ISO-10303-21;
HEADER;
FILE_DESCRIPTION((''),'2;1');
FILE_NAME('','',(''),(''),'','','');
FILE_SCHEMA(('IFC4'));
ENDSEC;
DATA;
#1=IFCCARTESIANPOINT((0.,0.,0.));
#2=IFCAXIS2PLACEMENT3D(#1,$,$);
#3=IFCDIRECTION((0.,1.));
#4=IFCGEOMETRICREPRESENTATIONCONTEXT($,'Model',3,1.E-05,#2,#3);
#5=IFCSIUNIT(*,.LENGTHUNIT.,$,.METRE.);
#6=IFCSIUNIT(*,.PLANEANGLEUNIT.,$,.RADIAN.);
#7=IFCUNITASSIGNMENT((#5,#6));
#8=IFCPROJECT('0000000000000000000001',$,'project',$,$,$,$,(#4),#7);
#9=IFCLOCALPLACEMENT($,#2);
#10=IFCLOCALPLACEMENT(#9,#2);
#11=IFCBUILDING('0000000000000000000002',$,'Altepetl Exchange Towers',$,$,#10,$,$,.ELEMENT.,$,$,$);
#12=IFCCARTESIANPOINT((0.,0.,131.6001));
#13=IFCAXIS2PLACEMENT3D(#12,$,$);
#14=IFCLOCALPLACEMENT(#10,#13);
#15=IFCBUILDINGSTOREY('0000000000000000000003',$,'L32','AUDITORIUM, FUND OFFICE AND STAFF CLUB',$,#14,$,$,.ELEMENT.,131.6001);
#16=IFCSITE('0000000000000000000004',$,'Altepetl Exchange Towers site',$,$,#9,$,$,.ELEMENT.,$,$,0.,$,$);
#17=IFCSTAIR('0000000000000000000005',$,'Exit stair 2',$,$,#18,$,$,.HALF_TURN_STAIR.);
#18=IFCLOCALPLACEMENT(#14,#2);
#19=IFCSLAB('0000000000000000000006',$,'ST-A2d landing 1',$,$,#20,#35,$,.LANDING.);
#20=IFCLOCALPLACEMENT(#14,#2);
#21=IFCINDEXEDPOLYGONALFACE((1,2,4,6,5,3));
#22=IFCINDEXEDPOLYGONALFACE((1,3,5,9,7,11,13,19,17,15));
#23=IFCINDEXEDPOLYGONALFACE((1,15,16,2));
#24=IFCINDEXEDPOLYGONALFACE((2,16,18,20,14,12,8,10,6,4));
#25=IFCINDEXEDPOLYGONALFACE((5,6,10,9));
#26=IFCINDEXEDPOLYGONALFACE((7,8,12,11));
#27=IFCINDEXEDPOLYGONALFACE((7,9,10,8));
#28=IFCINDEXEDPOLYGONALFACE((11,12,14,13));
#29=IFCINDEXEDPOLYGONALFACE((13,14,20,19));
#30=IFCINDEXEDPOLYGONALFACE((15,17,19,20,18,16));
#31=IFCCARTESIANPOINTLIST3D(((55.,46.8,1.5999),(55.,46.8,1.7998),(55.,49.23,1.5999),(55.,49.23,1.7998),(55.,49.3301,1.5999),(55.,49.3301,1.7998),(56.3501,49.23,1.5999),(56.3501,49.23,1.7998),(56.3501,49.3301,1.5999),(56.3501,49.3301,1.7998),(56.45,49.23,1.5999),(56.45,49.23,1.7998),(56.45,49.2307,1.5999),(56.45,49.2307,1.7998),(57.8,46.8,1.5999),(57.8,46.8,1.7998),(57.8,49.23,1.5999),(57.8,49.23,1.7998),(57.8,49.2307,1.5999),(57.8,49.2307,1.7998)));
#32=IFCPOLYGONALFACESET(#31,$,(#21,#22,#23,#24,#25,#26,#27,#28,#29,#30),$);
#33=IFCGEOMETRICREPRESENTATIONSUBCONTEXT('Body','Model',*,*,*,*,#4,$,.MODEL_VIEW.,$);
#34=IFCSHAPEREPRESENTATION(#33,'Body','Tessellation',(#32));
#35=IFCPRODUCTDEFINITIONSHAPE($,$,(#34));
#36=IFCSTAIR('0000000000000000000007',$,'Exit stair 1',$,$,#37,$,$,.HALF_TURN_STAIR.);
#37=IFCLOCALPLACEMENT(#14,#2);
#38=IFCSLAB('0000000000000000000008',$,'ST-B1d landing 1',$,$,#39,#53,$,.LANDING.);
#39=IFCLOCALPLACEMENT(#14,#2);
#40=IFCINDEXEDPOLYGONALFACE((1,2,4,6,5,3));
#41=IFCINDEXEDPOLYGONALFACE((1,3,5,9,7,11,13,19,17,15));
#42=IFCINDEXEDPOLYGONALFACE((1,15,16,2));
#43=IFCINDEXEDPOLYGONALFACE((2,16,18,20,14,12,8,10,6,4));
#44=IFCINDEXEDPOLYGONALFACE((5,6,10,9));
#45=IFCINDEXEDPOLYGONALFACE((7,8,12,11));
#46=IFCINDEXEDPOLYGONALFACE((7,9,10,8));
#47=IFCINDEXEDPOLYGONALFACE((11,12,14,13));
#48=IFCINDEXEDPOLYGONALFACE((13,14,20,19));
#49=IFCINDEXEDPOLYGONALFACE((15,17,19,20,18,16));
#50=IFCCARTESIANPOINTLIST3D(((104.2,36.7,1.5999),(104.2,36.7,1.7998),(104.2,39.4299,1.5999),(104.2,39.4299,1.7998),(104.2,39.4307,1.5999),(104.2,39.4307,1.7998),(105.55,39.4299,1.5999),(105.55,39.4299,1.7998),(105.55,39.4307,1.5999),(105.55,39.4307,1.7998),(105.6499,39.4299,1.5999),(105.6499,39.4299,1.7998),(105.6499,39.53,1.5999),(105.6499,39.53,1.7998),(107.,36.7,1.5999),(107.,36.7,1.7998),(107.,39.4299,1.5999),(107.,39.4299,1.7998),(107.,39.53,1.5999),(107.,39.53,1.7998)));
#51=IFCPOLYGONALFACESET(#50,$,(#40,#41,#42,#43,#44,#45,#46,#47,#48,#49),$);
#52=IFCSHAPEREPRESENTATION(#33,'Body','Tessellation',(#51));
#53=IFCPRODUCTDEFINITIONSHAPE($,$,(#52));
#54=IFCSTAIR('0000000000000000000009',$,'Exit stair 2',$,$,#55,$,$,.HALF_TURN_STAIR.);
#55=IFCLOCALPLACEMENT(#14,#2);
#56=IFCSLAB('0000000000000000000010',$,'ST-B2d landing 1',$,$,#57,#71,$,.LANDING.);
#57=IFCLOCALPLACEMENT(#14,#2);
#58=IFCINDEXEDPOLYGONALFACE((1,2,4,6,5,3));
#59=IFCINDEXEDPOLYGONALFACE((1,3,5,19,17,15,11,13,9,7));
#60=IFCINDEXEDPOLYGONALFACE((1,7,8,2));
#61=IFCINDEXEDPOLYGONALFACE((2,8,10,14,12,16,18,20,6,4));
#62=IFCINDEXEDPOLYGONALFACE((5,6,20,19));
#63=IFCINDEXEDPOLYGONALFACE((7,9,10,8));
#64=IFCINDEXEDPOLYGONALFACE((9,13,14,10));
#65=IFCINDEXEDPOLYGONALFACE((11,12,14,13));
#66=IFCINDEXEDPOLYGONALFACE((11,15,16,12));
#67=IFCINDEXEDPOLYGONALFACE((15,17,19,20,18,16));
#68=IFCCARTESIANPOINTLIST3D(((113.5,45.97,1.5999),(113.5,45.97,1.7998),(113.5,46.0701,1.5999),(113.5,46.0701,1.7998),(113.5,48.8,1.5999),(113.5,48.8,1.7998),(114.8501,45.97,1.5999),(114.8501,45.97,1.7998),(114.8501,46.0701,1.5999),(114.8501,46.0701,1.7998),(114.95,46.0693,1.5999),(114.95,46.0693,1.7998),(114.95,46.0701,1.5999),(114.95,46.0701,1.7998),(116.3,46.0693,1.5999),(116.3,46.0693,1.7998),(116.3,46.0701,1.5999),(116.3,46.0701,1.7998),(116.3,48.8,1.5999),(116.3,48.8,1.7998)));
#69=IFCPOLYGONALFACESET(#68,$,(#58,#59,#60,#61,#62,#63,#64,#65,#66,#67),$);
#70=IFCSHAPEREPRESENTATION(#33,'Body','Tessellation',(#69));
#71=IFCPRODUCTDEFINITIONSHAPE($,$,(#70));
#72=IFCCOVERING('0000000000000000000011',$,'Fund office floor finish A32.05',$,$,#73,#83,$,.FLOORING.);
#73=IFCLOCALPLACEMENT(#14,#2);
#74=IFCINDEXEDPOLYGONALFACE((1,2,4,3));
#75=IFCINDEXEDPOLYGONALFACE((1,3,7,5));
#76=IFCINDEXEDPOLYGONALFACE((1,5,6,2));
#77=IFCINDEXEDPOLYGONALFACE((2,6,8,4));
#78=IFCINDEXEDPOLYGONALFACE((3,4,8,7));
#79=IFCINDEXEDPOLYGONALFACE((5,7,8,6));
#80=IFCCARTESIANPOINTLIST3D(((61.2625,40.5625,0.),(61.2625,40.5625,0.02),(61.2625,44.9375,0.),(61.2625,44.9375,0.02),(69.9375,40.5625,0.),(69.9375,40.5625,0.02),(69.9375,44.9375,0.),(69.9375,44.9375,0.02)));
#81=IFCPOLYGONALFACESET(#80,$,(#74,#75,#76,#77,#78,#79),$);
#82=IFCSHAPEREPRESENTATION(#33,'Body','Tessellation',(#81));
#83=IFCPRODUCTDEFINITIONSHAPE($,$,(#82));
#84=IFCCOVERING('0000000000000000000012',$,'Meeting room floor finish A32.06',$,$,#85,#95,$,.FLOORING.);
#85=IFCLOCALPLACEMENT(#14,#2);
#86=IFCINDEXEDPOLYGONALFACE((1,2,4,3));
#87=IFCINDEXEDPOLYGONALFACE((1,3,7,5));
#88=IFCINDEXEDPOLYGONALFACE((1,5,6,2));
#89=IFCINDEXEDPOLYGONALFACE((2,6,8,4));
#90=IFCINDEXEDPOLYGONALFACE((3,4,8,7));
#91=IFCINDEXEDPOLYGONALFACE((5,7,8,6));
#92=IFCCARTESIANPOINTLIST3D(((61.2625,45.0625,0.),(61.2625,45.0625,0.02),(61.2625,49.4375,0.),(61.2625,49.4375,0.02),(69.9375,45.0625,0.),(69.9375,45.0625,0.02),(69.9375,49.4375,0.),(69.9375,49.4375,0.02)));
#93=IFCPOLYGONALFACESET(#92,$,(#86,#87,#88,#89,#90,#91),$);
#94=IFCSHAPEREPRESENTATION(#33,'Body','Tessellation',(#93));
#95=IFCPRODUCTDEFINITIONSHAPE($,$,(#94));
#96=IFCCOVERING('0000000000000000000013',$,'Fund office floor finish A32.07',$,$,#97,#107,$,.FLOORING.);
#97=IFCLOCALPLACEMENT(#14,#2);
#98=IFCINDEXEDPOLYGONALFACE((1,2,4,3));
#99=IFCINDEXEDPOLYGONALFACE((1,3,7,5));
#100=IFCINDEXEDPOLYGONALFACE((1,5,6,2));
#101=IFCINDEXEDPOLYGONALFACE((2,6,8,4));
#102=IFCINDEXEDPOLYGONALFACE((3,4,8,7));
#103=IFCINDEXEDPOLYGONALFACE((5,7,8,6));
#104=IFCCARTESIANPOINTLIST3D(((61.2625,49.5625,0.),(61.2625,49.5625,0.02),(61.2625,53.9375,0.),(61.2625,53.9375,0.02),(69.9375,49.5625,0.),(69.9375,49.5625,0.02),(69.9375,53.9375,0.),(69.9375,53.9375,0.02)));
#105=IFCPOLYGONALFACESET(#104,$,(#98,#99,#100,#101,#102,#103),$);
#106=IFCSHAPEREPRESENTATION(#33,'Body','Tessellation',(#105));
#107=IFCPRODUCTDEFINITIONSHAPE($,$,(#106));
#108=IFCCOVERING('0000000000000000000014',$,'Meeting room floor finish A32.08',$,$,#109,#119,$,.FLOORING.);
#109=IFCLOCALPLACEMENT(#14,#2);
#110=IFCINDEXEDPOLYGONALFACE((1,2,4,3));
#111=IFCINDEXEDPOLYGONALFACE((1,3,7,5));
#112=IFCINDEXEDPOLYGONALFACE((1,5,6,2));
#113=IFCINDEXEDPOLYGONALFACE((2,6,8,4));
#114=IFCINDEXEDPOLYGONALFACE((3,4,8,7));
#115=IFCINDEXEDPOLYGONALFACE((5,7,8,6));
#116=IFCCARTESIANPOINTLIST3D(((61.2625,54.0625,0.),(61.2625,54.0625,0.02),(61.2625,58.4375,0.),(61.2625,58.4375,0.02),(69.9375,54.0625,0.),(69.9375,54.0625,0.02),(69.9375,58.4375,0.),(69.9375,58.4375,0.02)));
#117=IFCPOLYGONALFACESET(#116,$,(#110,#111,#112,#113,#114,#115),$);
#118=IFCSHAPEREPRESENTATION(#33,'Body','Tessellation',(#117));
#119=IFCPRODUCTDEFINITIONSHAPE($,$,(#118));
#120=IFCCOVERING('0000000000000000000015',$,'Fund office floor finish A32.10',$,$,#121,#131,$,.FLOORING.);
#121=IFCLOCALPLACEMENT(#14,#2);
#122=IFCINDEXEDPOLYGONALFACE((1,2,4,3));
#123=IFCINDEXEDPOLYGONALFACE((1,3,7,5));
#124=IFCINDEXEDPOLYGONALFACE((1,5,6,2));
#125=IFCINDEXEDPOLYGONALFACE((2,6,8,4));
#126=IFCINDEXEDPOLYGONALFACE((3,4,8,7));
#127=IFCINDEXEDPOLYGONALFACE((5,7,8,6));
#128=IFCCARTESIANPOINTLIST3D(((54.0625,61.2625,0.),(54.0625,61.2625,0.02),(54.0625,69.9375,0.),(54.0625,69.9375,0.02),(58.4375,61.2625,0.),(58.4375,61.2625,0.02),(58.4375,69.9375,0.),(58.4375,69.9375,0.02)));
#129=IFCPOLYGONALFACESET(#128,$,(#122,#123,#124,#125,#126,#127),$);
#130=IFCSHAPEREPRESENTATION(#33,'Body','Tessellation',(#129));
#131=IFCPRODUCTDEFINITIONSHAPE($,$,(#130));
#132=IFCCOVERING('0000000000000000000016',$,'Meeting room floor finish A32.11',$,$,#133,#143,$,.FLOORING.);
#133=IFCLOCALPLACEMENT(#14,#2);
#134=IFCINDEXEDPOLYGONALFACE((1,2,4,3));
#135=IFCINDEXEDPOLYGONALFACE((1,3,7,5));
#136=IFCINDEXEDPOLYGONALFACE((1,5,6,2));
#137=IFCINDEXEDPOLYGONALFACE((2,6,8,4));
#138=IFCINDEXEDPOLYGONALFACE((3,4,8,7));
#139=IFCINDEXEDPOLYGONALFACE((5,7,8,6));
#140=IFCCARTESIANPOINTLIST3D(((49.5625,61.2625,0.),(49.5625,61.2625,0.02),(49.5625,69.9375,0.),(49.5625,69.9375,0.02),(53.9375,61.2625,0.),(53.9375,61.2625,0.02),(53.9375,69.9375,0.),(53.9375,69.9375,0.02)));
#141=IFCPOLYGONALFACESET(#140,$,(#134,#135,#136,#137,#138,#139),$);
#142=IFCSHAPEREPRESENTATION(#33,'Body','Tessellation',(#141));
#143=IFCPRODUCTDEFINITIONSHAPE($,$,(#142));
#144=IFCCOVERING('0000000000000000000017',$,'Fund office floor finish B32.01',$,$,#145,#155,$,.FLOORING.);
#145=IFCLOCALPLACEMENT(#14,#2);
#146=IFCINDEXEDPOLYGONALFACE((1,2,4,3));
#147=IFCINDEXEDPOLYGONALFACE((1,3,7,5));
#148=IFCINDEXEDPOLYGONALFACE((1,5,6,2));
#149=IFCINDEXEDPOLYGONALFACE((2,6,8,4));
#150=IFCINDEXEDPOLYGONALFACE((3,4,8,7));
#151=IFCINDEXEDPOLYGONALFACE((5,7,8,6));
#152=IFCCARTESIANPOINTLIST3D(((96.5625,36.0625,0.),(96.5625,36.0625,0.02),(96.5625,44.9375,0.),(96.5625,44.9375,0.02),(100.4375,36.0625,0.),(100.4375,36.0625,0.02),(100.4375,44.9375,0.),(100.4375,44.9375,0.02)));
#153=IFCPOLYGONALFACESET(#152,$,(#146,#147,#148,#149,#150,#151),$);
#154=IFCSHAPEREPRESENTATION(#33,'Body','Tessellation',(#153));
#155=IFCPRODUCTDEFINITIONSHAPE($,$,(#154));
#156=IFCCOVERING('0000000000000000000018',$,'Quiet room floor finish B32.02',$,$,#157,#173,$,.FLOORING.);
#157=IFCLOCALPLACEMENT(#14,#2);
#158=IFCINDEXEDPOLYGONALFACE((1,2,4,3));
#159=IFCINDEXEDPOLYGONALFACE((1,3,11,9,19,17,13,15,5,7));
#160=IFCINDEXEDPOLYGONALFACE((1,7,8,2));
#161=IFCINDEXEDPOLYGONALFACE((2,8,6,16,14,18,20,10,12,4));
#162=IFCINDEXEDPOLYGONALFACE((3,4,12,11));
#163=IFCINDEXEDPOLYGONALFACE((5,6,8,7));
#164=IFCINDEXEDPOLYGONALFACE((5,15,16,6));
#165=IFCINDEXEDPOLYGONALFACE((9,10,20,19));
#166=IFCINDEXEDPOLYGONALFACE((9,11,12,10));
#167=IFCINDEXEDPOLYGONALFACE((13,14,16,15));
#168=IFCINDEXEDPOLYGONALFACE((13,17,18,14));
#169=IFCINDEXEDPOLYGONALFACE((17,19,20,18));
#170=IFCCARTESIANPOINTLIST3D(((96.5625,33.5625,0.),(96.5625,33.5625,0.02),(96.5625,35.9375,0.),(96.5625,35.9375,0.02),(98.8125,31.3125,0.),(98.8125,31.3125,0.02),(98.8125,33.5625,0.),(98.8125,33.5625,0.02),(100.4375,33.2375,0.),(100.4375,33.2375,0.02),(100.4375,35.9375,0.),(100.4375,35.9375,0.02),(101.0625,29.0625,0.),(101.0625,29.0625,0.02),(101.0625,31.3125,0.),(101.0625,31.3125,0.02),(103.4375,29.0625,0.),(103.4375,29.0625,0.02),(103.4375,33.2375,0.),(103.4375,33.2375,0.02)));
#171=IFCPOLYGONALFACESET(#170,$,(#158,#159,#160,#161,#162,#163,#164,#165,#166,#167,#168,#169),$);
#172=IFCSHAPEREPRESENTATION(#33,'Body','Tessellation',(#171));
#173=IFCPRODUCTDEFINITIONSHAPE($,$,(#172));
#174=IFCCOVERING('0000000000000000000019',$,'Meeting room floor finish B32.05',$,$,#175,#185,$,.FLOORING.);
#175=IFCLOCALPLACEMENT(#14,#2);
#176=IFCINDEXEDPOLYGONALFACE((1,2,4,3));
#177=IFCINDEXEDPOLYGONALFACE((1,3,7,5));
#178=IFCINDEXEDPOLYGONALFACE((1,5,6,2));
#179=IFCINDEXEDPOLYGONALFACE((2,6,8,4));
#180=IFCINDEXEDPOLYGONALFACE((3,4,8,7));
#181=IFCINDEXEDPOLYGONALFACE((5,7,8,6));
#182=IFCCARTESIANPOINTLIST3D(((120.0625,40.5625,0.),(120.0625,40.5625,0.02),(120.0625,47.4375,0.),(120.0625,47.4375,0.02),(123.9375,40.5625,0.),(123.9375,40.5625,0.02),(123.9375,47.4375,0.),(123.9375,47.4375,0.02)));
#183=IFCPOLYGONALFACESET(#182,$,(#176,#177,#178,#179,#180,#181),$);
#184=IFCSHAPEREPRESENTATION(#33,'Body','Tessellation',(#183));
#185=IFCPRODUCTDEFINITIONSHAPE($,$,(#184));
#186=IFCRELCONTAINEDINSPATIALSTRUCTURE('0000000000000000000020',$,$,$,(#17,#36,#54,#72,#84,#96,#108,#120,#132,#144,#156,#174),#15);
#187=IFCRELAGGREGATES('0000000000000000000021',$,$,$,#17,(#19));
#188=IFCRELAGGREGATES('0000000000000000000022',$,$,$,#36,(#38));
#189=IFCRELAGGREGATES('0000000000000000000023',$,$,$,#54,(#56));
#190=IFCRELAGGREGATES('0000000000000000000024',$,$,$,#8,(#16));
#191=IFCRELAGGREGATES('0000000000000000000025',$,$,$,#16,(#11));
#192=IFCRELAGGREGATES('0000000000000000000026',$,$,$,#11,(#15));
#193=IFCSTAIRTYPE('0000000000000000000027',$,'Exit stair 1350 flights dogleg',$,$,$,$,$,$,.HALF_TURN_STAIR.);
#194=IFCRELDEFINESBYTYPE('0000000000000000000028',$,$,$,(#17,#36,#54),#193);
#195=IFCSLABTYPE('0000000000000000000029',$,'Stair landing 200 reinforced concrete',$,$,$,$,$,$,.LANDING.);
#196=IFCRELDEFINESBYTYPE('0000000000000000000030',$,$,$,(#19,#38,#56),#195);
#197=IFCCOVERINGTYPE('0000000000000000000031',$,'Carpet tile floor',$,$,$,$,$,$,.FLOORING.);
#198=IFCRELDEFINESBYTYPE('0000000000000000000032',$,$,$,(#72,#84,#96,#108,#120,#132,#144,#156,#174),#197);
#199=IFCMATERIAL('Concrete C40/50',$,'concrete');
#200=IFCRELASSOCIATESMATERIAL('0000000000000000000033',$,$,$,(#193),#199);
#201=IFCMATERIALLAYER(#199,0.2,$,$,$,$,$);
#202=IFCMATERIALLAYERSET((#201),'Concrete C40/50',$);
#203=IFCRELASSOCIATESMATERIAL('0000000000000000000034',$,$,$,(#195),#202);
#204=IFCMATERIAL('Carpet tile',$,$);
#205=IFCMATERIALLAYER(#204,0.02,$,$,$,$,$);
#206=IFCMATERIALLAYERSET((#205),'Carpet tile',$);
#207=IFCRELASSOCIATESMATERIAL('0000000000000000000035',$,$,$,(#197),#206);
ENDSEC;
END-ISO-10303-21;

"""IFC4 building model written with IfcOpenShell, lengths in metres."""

from ifc_helpers import new_model, si_unit, direction, frame, origin, place, context, subcontext, project, spatial, polyline, outline, extrude, material, layer, layer_set, type_object, element, aggregate, save


model = new_model("IFC4")

# Units and contexts
model_context = context("Model", 3, precision=1e-05, world=origin(), true_north=direction((0.0, 1.0)))
body_context = subcontext(model_context, "Body", "Model", "MODEL_VIEW")
ifc_project = project(units=[si_unit("LENGTHUNIT", "METRE"), si_unit("PLANEANGLEUNIT", "RADIAN")], contexts=[model_context])

# Site, building, storey
site_placement = place(None, origin())
site = spatial("IfcSite", under=ifc_project, at=site_placement, Name="Altepetl Exchange Towers site", CompositionType="ELEMENT", RefElevation=0.0)
building_placement = place(site_placement, origin())
building = spatial("IfcBuilding", under=site, at=building_placement, Name="Altepetl Exchange Towers", CompositionType="ELEMENT")
storey_placement = place(building_placement, frame((0.0, 0.0, 131.6001)))
storey = spatial("IfcBuildingStorey", under=building, at=storey_placement, Name="L32", Description="AUDITORIUM, FUND OFFICE AND STAFF CLUB", CompositionType="ELEMENT", Elevation=131.6001)

# Shared definitions
ifc_material_1 = material(Name="Concrete C40/50", Category="concrete")

# Stairs, slabs
stair_type = type_object("IfcStairType", Name="Exit stair 1350 flights dogleg", PredefinedType="HALF_TURN_STAIR", material=ifc_material_1)
ifc_layer_1 = layer(ifc_material_1, 0.2)
ifc_layer_set_1 = layer_set([ifc_layer_1], Name="Concrete C40/50")
slab_type_1 = type_object("IfcSlabType", Name="Stair landing 200 reinforced concrete", PredefinedType="LANDING", material=ifc_layer_set_1)
stair_1_placement = place(storey_placement, origin())
stair_1 = element("IfcStair", 1, at=stair_1_placement, inside=storey, type_object=stair_type, Name="Exit stair 2", PredefinedType="HALF_TURN_STAIR")
slab_1_placement = place(storey_placement, frame((0.0, 0.0, 1.5999)))
slab_1 = element("IfcSlab", 2, at=slab_1_placement, type_object=slab_type_1, Name="ST-A2d landing 1", PredefinedType="LANDING", context=body_context, shape_type="SweptSolid", body=[
    extrude(outline(polyline([(57.8, 46.8), (55.0, 46.8), (55.0, 49.23), (55.0, 49.3301), (56.3501, 49.3301), (56.3501, 49.23), (56.45, 49.23), (56.45, 49.2307), (57.8, 49.2307), (57.8, 49.23), (57.8, 46.8)])), origin(), (0.0, 0.0, 1.0), 0.2),
])
aggregate(stair_1, [slab_1])
stair_2_placement = place(storey_placement, origin())
stair_2 = element("IfcStair", 3, at=stair_2_placement, inside=storey, type_object=stair_type, Name="Exit stair 1", PredefinedType="HALF_TURN_STAIR")
slab_2_placement = place(storey_placement, frame((0.0, 0.0, 1.5999)))
slab_2 = element("IfcSlab", 4, at=slab_2_placement, type_object=slab_type_1, Name="ST-B1d landing 1", PredefinedType="LANDING", context=body_context, shape_type="SweptSolid", body=[
    extrude(outline(polyline([(107.0, 36.7), (104.2, 36.7), (104.2, 39.4299), (104.2, 39.4307), (105.55, 39.4307), (105.55, 39.4299), (105.6499, 39.4299), (105.6499, 39.53), (107.0, 39.53), (107.0, 39.4299), (107.0, 36.7)])), origin(), (0.0, 0.0, 1.0), 0.2),
])
aggregate(stair_2, [slab_2])
stair_3_placement = place(storey_placement, origin())
stair_3 = element("IfcStair", 5, at=stair_3_placement, inside=storey, type_object=stair_type, Name="Exit stair 2", PredefinedType="HALF_TURN_STAIR")
slab_3_placement = place(storey_placement, frame((0.0, 0.0, 1.5999)))
slab_3 = element("IfcSlab", 6, at=slab_3_placement, type_object=slab_type_1, Name="ST-B2d landing 1", PredefinedType="LANDING", context=body_context, shape_type="SweptSolid", body=[
    extrude(outline(polyline([(114.8501, 45.97), (113.5, 45.97), (113.5, 46.0701), (113.5, 48.8), (116.3, 48.8), (116.3, 46.0701), (116.3, 46.0693), (114.95, 46.0693), (114.95, 46.0701), (114.8501, 46.0701), (114.8501, 45.97)])), origin(), (0.0, 0.0, 1.0), 0.2),
])
aggregate(stair_3, [slab_3])

# Coverings
ifc_material_2 = material(Name="Carpet tile")
ifc_layer_2 = layer(ifc_material_2, 0.02)
ifc_layer_set_2 = layer_set([ifc_layer_2], Name="Carpet tile")
covering_type_1 = type_object("IfcCoveringType", Name="Carpet tile floor", PredefinedType="FLOORING", material=ifc_layer_set_2)
covering_1_placement = place(storey_placement, origin())
element("IfcCovering", 7, at=covering_1_placement, inside=storey, type_object=covering_type_1, Name="Fund office floor finish A32.05", PredefinedType="FLOORING", context=body_context, shape_type="SweptSolid", body=[
    extrude(outline(polyline([(69.9375, 44.9375), (61.2625, 44.9375), (61.2625, 40.5625), (69.9375, 40.5625), (69.9375, 44.9375)])), origin(), (0.0, 0.0, 1.0), 0.02),
])
covering_2_placement = place(storey_placement, origin())
element("IfcCovering", 8, at=covering_2_placement, inside=storey, type_object=covering_type_1, Name="Meeting room floor finish A32.06", PredefinedType="FLOORING", context=body_context, shape_type="SweptSolid", body=[
    extrude(outline(polyline([(69.9375, 49.4375), (61.2625, 49.4375), (61.2625, 45.0625), (69.9375, 45.0625), (69.9375, 49.4375)])), origin(), (0.0, 0.0, 1.0), 0.02),
])
covering_3_placement = place(storey_placement, origin())
element("IfcCovering", 9, at=covering_3_placement, inside=storey, type_object=covering_type_1, Name="Fund office floor finish A32.07", PredefinedType="FLOORING", context=body_context, shape_type="SweptSolid", body=[
    extrude(outline(polyline([(61.2625, 49.5625), (69.9375, 49.5625), (69.9375, 53.9375), (61.2625, 53.9375), (61.2625, 49.5625)])), origin(), (0.0, 0.0, 1.0), 0.02),
])
covering_4_placement = place(storey_placement, origin())
element("IfcCovering", 10, at=covering_4_placement, inside=storey, type_object=covering_type_1, Name="Meeting room floor finish A32.08", PredefinedType="FLOORING", context=body_context, shape_type="SweptSolid", body=[
    extrude(outline(polyline([(61.2625, 54.0625), (69.9375, 54.0625), (69.9375, 58.4375), (61.2625, 58.4375), (61.2625, 54.0625)])), origin(), (0.0, 0.0, 1.0), 0.02),
])
covering_5_placement = place(storey_placement, origin())
element("IfcCovering", 11, at=covering_5_placement, inside=storey, type_object=covering_type_1, Name="Fund office floor finish A32.10", PredefinedType="FLOORING", context=body_context, shape_type="SweptSolid", body=[
    extrude(outline(polyline([(58.4375, 61.2625), (58.4375, 69.9375), (54.0625, 69.9375), (54.0625, 61.2625), (58.4375, 61.2625)])), origin(), (0.0, 0.0, 1.0), 0.02),
])
covering_6_placement = place(storey_placement, origin())
element("IfcCovering", 12, at=covering_6_placement, inside=storey, type_object=covering_type_1, Name="Meeting room floor finish A32.11", PredefinedType="FLOORING", context=body_context, shape_type="SweptSolid", body=[
    extrude(outline(polyline([(53.9375, 61.2625), (53.9375, 69.9375), (49.5625, 69.9375), (49.5625, 61.2625), (53.9375, 61.2625)])), origin(), (0.0, 0.0, 1.0), 0.02),
])
covering_7_placement = place(storey_placement, origin())
element("IfcCovering", 13, at=covering_7_placement, inside=storey, type_object=covering_type_1, Name="Fund office floor finish B32.01", PredefinedType="FLOORING", context=body_context, shape_type="SweptSolid", body=[
    extrude(outline(polyline([(100.4375, 44.9375), (96.5625, 44.9375), (96.5625, 36.0625), (100.4375, 36.0625), (100.4375, 44.9375)])), origin(), (0.0, 0.0, 1.0), 0.02),
])
covering_8_placement = place(storey_placement, origin())
element("IfcCovering", 14, at=covering_8_placement, inside=storey, type_object=covering_type_1, Name="Quiet room floor finish B32.02", PredefinedType="FLOORING", context=body_context, shape_type="SweptSolid", body=[
    extrude(outline(polyline([(100.4375, 35.9375), (96.5625, 35.9375), (96.5625, 33.5625), (98.8125, 33.5625), (98.8125, 31.3125), (101.0625, 31.3125), (101.0625, 29.0625), (103.4375, 29.0625), (103.4375, 33.2375), (100.4375, 33.2375), (100.4375, 35.9375)])), origin(), (0.0, 0.0, 1.0), 0.02),
])
covering_9_placement = place(storey_placement, origin())
element("IfcCovering", 15, at=covering_9_placement, inside=storey, type_object=covering_type_1, Name="Meeting room floor finish B32.05", PredefinedType="FLOORING", context=body_context, shape_type="SweptSolid", body=[
    extrude(outline(polyline([(120.0625, 47.4375), (120.0625, 40.5625), (123.9375, 40.5625), (123.9375, 47.4375), (120.0625, 47.4375)])), origin(), (0.0, 0.0, 1.0), 0.02),
])

save(model, "model.ifc")
